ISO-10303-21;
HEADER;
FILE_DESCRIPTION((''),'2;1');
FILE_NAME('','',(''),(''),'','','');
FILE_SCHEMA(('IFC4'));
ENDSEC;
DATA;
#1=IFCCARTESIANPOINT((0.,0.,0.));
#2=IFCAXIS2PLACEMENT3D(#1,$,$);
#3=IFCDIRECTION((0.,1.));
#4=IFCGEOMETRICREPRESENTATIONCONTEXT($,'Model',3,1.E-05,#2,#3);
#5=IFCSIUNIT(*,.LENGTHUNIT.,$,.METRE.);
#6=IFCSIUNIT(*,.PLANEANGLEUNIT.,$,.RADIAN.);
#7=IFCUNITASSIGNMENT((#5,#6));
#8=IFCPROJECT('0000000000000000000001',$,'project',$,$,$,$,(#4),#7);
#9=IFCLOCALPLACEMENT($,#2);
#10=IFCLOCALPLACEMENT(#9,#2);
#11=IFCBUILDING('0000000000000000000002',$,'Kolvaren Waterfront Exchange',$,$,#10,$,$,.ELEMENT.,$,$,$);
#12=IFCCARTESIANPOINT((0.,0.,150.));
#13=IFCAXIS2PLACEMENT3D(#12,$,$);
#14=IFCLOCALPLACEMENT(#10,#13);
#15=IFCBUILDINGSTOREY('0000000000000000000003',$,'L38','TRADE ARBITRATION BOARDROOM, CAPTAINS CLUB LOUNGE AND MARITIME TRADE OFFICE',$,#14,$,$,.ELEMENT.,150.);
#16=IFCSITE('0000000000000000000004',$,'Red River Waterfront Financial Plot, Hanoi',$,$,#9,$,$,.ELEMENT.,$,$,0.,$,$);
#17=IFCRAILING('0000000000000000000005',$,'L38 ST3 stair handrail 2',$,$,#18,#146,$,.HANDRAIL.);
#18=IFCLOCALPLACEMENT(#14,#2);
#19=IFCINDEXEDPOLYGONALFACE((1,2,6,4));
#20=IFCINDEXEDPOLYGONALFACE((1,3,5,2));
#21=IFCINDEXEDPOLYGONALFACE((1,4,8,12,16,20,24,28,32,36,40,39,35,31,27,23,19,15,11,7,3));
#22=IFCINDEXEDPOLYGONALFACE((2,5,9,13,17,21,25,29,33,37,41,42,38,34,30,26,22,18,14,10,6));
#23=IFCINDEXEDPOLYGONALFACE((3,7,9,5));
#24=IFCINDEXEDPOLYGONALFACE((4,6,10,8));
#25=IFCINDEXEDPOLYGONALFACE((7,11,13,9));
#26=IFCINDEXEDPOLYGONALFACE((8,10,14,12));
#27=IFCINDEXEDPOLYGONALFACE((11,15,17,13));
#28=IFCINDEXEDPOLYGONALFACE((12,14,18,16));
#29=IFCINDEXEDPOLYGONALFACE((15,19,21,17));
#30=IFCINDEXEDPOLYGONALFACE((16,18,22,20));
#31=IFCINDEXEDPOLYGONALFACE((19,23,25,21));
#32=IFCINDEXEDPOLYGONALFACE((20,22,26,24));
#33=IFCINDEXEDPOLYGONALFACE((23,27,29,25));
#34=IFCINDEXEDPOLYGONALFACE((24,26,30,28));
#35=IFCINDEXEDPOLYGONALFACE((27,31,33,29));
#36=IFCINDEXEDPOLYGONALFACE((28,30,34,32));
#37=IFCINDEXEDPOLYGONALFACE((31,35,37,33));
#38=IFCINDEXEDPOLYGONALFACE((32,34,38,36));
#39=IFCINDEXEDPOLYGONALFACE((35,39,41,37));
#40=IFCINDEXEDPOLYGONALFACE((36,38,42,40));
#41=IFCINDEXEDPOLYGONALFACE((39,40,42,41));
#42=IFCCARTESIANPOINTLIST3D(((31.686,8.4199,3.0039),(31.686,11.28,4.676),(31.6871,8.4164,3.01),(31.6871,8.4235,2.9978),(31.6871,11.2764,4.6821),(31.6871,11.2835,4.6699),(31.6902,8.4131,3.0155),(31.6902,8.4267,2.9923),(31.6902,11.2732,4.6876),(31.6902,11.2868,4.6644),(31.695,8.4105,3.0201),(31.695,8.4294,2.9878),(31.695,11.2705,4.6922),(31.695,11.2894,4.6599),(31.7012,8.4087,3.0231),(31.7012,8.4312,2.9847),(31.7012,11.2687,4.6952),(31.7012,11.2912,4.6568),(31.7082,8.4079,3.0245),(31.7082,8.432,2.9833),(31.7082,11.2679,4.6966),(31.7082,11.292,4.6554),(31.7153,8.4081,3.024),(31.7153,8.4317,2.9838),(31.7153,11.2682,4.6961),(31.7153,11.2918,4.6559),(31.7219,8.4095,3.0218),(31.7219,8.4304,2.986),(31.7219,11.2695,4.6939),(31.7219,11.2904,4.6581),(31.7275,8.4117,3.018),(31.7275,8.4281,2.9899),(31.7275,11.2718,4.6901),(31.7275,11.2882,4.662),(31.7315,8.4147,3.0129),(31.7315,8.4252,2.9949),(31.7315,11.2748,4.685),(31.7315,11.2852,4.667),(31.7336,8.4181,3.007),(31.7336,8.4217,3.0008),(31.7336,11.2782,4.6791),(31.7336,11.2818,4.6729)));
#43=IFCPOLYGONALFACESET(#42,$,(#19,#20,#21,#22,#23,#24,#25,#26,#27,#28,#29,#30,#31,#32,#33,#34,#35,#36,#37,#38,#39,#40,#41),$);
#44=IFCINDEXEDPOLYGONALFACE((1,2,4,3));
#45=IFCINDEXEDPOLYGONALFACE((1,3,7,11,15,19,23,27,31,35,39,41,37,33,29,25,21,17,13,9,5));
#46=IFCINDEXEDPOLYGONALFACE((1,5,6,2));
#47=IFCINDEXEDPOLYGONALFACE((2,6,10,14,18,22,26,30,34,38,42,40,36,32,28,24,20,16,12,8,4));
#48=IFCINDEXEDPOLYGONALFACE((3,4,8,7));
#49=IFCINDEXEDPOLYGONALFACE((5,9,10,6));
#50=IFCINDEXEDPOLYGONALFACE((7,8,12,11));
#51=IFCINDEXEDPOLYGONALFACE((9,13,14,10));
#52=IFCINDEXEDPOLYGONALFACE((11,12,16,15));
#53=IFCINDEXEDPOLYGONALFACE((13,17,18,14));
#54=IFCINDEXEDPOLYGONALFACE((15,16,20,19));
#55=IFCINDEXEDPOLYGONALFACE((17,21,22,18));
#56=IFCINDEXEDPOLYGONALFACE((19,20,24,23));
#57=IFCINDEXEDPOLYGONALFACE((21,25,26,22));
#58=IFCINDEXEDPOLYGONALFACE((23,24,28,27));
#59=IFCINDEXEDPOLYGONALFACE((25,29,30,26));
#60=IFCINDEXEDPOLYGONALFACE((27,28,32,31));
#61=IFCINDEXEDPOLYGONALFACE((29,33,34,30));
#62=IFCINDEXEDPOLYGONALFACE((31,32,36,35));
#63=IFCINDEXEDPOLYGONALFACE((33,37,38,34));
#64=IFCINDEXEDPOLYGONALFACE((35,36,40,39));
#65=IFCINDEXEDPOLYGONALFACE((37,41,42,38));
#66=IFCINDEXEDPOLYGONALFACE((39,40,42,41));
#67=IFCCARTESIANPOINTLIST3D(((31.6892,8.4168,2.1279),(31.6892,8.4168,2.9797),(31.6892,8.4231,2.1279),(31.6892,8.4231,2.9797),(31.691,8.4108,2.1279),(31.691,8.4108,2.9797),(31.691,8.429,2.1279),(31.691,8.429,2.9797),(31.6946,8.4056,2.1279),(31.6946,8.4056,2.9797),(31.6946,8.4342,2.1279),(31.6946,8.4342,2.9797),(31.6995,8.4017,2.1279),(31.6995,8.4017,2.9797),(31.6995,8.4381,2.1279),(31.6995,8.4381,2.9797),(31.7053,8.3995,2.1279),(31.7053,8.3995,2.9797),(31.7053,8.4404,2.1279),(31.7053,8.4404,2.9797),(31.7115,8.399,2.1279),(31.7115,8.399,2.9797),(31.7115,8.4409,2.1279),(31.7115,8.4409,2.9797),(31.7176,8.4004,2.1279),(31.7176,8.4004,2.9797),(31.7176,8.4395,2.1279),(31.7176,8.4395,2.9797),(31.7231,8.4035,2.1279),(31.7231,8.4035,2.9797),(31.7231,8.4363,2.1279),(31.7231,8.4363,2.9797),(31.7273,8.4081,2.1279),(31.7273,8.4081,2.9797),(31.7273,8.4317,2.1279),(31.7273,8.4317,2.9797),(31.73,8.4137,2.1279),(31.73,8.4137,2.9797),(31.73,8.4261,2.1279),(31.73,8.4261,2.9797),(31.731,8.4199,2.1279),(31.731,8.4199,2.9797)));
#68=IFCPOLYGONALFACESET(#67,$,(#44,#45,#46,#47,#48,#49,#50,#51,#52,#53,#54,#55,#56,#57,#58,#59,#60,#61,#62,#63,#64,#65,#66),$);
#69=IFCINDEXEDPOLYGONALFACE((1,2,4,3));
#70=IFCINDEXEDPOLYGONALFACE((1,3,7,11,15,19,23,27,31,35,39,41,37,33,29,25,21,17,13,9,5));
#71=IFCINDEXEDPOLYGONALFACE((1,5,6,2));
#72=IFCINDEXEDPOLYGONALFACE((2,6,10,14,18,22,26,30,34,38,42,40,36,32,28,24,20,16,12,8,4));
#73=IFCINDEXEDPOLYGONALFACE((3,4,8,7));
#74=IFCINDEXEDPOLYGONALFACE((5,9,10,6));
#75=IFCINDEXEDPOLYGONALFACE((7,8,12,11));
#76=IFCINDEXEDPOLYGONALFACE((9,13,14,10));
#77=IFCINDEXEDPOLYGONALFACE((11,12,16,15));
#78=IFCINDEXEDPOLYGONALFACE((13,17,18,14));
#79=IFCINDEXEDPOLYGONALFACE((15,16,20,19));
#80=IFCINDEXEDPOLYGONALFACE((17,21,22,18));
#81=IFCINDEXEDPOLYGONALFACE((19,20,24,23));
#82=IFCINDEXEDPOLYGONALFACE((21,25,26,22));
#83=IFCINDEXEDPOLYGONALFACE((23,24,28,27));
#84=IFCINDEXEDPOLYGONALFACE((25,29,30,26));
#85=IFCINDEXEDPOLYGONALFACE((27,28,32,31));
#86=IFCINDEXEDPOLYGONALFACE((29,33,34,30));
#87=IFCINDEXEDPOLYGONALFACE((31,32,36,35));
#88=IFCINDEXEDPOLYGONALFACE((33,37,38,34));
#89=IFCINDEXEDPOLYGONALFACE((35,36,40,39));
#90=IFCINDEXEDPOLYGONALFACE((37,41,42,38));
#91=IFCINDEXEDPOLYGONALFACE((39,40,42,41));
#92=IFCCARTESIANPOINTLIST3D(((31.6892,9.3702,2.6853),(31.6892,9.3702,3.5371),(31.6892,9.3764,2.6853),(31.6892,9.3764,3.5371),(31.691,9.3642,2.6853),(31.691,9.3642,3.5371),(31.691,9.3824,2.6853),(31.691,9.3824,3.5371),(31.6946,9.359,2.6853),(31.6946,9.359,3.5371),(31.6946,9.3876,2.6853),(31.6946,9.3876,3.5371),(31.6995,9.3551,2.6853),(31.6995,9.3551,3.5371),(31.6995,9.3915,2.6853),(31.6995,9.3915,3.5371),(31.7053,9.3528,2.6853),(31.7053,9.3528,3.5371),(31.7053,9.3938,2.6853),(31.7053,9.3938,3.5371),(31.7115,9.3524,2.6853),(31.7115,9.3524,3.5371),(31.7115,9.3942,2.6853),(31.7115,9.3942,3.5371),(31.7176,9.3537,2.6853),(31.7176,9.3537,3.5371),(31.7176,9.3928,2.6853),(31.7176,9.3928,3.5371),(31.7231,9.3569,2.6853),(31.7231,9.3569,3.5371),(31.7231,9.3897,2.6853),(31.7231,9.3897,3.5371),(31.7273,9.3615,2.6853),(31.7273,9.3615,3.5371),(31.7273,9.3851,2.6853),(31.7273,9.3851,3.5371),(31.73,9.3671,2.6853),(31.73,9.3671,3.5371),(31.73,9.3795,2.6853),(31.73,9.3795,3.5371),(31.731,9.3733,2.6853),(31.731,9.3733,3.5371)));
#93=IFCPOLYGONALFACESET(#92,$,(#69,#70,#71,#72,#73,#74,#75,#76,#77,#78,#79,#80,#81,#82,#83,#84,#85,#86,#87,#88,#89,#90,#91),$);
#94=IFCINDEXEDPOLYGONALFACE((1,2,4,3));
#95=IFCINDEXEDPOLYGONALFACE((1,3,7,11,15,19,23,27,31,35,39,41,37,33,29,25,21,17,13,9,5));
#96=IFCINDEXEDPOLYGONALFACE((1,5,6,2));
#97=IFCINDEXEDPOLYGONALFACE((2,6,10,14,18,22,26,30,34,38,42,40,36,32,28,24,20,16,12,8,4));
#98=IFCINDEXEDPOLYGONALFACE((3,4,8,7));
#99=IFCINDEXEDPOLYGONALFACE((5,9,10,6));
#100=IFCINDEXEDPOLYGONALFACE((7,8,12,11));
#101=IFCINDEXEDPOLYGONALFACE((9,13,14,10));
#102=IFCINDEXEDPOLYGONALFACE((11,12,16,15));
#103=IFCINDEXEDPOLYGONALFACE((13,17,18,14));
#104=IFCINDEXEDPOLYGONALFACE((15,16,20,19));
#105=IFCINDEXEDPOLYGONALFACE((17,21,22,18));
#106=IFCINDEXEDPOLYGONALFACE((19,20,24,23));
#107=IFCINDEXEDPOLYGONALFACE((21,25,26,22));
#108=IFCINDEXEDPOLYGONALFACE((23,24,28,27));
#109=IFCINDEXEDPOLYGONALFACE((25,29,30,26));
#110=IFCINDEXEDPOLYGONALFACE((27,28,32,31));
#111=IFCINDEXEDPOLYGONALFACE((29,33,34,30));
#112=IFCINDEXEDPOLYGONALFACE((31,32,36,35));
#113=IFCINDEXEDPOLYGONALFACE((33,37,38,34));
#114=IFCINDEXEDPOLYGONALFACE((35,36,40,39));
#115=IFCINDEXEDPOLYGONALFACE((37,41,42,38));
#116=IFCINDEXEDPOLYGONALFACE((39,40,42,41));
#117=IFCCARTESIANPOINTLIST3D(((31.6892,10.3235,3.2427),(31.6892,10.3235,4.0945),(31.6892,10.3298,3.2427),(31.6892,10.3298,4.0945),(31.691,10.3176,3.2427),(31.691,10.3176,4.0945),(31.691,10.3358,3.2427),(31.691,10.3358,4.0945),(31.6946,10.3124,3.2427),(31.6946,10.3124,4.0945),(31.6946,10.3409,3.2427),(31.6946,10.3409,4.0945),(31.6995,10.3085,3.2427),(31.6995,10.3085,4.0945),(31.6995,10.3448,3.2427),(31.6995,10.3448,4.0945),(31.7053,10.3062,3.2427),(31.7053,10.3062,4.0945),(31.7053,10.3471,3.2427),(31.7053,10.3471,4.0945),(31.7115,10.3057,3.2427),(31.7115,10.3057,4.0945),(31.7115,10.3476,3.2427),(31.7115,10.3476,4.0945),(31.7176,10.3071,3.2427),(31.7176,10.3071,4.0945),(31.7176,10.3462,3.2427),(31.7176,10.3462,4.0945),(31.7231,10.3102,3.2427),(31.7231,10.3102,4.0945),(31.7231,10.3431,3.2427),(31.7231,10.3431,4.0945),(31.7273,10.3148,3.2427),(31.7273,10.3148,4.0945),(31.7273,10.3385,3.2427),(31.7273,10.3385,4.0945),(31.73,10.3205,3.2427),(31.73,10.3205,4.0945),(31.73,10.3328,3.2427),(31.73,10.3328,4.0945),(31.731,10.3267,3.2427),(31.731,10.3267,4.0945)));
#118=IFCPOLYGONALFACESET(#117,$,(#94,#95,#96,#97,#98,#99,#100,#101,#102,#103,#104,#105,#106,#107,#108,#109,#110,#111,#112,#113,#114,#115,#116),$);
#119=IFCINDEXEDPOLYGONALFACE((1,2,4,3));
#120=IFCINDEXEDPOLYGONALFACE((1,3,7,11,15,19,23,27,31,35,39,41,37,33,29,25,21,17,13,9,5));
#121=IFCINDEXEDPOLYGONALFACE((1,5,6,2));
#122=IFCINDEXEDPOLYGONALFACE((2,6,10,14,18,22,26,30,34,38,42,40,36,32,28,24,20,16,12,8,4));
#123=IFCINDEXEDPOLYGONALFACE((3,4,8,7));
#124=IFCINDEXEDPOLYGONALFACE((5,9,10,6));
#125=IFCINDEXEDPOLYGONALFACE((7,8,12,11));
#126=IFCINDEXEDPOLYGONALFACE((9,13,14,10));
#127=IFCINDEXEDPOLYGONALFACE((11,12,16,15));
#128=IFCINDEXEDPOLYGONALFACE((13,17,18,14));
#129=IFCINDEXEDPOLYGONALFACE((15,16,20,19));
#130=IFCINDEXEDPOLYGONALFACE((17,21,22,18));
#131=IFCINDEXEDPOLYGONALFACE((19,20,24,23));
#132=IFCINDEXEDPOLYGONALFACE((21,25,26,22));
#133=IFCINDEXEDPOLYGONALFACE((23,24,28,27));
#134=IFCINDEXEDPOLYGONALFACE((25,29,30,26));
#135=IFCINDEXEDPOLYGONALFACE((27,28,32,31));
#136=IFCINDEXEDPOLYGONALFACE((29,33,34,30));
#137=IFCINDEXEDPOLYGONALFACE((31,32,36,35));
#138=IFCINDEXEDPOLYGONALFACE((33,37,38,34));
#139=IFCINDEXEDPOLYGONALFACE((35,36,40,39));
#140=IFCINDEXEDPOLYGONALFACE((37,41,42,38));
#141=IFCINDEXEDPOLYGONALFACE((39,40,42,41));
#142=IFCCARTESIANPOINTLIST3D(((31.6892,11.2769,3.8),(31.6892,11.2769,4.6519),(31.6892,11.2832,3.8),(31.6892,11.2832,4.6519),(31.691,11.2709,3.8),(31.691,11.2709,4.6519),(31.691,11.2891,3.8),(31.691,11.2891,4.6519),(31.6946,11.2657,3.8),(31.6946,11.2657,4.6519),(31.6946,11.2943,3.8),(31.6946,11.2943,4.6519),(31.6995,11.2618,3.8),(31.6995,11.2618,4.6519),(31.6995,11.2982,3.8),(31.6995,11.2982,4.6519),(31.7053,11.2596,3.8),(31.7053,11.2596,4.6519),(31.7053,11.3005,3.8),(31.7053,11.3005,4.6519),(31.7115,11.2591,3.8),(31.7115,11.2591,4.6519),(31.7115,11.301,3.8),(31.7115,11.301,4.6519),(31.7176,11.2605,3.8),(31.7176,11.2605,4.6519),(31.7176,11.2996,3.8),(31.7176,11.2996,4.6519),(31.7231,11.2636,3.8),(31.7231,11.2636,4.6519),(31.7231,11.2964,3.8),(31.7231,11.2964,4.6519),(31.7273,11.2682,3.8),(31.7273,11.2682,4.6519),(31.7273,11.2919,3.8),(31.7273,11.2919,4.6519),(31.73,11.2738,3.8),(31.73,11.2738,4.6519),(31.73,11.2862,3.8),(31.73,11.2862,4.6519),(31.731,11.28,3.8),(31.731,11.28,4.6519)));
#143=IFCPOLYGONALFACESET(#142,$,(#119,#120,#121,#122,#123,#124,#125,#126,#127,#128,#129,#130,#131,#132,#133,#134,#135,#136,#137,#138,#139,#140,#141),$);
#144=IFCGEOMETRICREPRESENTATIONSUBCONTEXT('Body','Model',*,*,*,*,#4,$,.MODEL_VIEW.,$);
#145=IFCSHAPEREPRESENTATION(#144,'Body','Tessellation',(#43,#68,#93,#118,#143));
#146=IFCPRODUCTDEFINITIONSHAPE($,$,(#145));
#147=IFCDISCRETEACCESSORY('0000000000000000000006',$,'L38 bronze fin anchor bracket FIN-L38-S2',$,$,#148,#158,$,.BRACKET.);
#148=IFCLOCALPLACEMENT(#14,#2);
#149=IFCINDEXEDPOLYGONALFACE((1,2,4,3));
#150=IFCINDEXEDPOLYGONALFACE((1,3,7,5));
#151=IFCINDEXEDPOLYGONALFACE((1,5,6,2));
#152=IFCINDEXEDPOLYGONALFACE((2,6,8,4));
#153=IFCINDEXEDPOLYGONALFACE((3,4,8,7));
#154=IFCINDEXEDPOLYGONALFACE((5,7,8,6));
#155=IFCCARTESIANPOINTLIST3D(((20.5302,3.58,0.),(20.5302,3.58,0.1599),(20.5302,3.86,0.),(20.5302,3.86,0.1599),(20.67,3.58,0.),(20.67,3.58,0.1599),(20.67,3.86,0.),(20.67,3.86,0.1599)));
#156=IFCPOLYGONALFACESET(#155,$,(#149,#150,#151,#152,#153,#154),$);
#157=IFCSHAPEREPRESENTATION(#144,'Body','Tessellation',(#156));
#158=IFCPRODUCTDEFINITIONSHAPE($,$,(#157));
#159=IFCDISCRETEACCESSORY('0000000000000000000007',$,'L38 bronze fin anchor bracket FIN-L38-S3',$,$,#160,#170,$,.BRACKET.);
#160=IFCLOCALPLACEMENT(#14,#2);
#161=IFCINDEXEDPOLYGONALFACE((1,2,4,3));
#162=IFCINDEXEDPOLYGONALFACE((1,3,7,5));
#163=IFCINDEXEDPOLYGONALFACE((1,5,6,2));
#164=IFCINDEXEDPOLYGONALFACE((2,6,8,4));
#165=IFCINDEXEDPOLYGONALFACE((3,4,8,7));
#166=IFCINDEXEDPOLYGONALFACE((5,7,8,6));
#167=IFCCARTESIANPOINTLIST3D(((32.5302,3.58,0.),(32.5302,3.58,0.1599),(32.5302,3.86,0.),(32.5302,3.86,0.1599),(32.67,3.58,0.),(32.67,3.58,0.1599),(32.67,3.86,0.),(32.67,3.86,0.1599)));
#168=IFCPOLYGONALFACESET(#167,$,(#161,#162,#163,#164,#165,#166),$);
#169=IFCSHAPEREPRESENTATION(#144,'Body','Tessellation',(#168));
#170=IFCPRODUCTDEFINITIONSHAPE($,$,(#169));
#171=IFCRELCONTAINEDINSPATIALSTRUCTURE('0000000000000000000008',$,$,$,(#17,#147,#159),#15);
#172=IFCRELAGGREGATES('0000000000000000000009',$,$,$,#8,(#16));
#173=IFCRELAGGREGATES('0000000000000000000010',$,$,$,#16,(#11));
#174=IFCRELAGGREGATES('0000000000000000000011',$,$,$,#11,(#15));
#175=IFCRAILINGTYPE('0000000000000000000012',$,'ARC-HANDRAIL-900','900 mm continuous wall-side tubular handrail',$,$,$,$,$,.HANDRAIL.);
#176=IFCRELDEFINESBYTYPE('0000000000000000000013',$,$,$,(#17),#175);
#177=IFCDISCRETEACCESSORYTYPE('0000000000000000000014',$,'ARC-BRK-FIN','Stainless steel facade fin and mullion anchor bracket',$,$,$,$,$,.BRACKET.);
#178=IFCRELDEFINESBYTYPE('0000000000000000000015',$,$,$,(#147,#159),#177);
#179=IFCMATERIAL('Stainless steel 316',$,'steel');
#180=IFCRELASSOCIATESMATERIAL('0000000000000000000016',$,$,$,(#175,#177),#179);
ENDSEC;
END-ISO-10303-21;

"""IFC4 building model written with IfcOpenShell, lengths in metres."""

from ifc_helpers import new_model, si_unit, direction, frame, origin, origin_with_axes, origin_2d, place, context, subcontext, project, spatial, rectangle, circle, extrude, source, transform, mapped, material, type_object, element, save


model = new_model("IFC4")

# Units and contexts
model_context = context("Model", 3, precision=1e-05, world=origin(), true_north=direction((0.0, 1.0)))
body_context = subcontext(model_context, "Body", "Model", "MODEL_VIEW")
ifc_project = project(units=[si_unit("LENGTHUNIT", "METRE"), si_unit("PLANEANGLEUNIT", "RADIAN")], contexts=[model_context])

# Site, building, storey
site_placement = place(None, origin())
site = spatial("IfcSite", under=ifc_project, at=site_placement, Name="Red River Waterfront Financial Plot, Hanoi", CompositionType="ELEMENT", RefElevation=0.0)
building_placement = place(site_placement, origin())
building = spatial("IfcBuilding", under=site, at=building_placement, Name="Kolvaren Waterfront Exchange", CompositionType="ELEMENT")
storey_placement = place(building_placement, frame((0.0, 0.0, 150.0)))
storey = spatial("IfcBuildingStorey", under=building, at=storey_placement, Name="L38", Description="TRADE ARBITRATION BOARDROOM, CAPTAINS CLUB LOUNGE AND MARITIME TRADE OFFICE", CompositionType="ELEMENT", Elevation=150.0)

# Railing
ifc_material_1 = material(Name="Stainless steel 316", Category="steel")
railing_type_1 = type_object("IfcRailingType", Name="ARC-HANDRAIL-900", Description="900 mm continuous wall-side tubular handrail", PredefinedType="HANDRAIL", material=ifc_material_1)
railing_1_placement = place(storey_placement, frame((31.71, 8.4199, 2.1279)))
element("IfcRailing", 1, at=railing_1_placement, inside=storey, type_object=railing_type_1, Name="L38 ST3 stair handrail 2", PredefinedType="HANDRAIL", context=body_context, shape_type="SweptSolid", body=[
    extrude(circle(Radius=0.0239, at=origin_2d()), frame((0.0, 0.0, 0.876), z_axis=(0.0, 0.863289, 0.504709), x_axis=(-1.0, 0.0, 0.0)), (0.0, 0.0, 1.0), 3.313),
    extrude(circle(Radius=0.021, at=origin_2d()), origin(), (0.0, 0.0, 1.0), 0.8518),
    extrude(circle(Radius=0.021, at=origin_2d()), frame((0.0, 0.9534, 0.5574)), (0.0, 0.0, 1.0), 0.8518),
    extrude(circle(Radius=0.021, at=origin_2d()), frame((0.0, 1.9067, 1.1147)), (0.0, 0.0, 1.0), 0.8518),
    extrude(circle(Radius=0.021, at=origin_2d()), frame((0.0, 2.8601, 1.6721)), (0.0, 0.0, 1.0), 0.8518),
])

# Discrete accessories
discrete_accessory_type = type_object("IfcDiscreteAccessoryType", Name="ARC-BRK-FIN", Description="Stainless steel facade fin and mullion anchor bracket", PredefinedType="BRACKET", material=ifc_material_1)
shared_shape_1 = source(origin_with_axes(), body_context, "Body", "SweptSolid", [
    extrude(rectangle(XDim=0.28, YDim=0.1399, at=origin_2d()), origin(), (0.0, 0.0, 1.0), 0.1599),
])
for number, where, z_axis, x_axis, name in (
    (2, (20.6001, 3.72, 0.0), (0.0, 0.0, 1.0), (0.0, -1.0, 0.0), "L38 bronze fin anchor bracket FIN-L38-S2"),
    (3, (32.6001, 3.72, 0.0), (0.0, 0.0, 1.0), (0.0, -1.0, 0.0), "L38 bronze fin anchor bracket FIN-L38-S3"),
):
    element("IfcDiscreteAccessory", number, at=place(storey_placement, frame(where, z_axis=z_axis, x_axis=x_axis)), inside=storey, type_object=discrete_accessory_type, Name=name, PredefinedType="BRACKET", context=body_context, shape_type="MappedRepresentation", body=[
        mapped(shared_shape_1, transform((0.0, 0.0, 0.0), x_axis=(1.0, 0.0, 0.0), y_axis=(0.0, 1.0, 0.0), z_axis=(0.0, 0.0, 1.0), scale=1.0)),
    ])

save(model, "model.ifc")
